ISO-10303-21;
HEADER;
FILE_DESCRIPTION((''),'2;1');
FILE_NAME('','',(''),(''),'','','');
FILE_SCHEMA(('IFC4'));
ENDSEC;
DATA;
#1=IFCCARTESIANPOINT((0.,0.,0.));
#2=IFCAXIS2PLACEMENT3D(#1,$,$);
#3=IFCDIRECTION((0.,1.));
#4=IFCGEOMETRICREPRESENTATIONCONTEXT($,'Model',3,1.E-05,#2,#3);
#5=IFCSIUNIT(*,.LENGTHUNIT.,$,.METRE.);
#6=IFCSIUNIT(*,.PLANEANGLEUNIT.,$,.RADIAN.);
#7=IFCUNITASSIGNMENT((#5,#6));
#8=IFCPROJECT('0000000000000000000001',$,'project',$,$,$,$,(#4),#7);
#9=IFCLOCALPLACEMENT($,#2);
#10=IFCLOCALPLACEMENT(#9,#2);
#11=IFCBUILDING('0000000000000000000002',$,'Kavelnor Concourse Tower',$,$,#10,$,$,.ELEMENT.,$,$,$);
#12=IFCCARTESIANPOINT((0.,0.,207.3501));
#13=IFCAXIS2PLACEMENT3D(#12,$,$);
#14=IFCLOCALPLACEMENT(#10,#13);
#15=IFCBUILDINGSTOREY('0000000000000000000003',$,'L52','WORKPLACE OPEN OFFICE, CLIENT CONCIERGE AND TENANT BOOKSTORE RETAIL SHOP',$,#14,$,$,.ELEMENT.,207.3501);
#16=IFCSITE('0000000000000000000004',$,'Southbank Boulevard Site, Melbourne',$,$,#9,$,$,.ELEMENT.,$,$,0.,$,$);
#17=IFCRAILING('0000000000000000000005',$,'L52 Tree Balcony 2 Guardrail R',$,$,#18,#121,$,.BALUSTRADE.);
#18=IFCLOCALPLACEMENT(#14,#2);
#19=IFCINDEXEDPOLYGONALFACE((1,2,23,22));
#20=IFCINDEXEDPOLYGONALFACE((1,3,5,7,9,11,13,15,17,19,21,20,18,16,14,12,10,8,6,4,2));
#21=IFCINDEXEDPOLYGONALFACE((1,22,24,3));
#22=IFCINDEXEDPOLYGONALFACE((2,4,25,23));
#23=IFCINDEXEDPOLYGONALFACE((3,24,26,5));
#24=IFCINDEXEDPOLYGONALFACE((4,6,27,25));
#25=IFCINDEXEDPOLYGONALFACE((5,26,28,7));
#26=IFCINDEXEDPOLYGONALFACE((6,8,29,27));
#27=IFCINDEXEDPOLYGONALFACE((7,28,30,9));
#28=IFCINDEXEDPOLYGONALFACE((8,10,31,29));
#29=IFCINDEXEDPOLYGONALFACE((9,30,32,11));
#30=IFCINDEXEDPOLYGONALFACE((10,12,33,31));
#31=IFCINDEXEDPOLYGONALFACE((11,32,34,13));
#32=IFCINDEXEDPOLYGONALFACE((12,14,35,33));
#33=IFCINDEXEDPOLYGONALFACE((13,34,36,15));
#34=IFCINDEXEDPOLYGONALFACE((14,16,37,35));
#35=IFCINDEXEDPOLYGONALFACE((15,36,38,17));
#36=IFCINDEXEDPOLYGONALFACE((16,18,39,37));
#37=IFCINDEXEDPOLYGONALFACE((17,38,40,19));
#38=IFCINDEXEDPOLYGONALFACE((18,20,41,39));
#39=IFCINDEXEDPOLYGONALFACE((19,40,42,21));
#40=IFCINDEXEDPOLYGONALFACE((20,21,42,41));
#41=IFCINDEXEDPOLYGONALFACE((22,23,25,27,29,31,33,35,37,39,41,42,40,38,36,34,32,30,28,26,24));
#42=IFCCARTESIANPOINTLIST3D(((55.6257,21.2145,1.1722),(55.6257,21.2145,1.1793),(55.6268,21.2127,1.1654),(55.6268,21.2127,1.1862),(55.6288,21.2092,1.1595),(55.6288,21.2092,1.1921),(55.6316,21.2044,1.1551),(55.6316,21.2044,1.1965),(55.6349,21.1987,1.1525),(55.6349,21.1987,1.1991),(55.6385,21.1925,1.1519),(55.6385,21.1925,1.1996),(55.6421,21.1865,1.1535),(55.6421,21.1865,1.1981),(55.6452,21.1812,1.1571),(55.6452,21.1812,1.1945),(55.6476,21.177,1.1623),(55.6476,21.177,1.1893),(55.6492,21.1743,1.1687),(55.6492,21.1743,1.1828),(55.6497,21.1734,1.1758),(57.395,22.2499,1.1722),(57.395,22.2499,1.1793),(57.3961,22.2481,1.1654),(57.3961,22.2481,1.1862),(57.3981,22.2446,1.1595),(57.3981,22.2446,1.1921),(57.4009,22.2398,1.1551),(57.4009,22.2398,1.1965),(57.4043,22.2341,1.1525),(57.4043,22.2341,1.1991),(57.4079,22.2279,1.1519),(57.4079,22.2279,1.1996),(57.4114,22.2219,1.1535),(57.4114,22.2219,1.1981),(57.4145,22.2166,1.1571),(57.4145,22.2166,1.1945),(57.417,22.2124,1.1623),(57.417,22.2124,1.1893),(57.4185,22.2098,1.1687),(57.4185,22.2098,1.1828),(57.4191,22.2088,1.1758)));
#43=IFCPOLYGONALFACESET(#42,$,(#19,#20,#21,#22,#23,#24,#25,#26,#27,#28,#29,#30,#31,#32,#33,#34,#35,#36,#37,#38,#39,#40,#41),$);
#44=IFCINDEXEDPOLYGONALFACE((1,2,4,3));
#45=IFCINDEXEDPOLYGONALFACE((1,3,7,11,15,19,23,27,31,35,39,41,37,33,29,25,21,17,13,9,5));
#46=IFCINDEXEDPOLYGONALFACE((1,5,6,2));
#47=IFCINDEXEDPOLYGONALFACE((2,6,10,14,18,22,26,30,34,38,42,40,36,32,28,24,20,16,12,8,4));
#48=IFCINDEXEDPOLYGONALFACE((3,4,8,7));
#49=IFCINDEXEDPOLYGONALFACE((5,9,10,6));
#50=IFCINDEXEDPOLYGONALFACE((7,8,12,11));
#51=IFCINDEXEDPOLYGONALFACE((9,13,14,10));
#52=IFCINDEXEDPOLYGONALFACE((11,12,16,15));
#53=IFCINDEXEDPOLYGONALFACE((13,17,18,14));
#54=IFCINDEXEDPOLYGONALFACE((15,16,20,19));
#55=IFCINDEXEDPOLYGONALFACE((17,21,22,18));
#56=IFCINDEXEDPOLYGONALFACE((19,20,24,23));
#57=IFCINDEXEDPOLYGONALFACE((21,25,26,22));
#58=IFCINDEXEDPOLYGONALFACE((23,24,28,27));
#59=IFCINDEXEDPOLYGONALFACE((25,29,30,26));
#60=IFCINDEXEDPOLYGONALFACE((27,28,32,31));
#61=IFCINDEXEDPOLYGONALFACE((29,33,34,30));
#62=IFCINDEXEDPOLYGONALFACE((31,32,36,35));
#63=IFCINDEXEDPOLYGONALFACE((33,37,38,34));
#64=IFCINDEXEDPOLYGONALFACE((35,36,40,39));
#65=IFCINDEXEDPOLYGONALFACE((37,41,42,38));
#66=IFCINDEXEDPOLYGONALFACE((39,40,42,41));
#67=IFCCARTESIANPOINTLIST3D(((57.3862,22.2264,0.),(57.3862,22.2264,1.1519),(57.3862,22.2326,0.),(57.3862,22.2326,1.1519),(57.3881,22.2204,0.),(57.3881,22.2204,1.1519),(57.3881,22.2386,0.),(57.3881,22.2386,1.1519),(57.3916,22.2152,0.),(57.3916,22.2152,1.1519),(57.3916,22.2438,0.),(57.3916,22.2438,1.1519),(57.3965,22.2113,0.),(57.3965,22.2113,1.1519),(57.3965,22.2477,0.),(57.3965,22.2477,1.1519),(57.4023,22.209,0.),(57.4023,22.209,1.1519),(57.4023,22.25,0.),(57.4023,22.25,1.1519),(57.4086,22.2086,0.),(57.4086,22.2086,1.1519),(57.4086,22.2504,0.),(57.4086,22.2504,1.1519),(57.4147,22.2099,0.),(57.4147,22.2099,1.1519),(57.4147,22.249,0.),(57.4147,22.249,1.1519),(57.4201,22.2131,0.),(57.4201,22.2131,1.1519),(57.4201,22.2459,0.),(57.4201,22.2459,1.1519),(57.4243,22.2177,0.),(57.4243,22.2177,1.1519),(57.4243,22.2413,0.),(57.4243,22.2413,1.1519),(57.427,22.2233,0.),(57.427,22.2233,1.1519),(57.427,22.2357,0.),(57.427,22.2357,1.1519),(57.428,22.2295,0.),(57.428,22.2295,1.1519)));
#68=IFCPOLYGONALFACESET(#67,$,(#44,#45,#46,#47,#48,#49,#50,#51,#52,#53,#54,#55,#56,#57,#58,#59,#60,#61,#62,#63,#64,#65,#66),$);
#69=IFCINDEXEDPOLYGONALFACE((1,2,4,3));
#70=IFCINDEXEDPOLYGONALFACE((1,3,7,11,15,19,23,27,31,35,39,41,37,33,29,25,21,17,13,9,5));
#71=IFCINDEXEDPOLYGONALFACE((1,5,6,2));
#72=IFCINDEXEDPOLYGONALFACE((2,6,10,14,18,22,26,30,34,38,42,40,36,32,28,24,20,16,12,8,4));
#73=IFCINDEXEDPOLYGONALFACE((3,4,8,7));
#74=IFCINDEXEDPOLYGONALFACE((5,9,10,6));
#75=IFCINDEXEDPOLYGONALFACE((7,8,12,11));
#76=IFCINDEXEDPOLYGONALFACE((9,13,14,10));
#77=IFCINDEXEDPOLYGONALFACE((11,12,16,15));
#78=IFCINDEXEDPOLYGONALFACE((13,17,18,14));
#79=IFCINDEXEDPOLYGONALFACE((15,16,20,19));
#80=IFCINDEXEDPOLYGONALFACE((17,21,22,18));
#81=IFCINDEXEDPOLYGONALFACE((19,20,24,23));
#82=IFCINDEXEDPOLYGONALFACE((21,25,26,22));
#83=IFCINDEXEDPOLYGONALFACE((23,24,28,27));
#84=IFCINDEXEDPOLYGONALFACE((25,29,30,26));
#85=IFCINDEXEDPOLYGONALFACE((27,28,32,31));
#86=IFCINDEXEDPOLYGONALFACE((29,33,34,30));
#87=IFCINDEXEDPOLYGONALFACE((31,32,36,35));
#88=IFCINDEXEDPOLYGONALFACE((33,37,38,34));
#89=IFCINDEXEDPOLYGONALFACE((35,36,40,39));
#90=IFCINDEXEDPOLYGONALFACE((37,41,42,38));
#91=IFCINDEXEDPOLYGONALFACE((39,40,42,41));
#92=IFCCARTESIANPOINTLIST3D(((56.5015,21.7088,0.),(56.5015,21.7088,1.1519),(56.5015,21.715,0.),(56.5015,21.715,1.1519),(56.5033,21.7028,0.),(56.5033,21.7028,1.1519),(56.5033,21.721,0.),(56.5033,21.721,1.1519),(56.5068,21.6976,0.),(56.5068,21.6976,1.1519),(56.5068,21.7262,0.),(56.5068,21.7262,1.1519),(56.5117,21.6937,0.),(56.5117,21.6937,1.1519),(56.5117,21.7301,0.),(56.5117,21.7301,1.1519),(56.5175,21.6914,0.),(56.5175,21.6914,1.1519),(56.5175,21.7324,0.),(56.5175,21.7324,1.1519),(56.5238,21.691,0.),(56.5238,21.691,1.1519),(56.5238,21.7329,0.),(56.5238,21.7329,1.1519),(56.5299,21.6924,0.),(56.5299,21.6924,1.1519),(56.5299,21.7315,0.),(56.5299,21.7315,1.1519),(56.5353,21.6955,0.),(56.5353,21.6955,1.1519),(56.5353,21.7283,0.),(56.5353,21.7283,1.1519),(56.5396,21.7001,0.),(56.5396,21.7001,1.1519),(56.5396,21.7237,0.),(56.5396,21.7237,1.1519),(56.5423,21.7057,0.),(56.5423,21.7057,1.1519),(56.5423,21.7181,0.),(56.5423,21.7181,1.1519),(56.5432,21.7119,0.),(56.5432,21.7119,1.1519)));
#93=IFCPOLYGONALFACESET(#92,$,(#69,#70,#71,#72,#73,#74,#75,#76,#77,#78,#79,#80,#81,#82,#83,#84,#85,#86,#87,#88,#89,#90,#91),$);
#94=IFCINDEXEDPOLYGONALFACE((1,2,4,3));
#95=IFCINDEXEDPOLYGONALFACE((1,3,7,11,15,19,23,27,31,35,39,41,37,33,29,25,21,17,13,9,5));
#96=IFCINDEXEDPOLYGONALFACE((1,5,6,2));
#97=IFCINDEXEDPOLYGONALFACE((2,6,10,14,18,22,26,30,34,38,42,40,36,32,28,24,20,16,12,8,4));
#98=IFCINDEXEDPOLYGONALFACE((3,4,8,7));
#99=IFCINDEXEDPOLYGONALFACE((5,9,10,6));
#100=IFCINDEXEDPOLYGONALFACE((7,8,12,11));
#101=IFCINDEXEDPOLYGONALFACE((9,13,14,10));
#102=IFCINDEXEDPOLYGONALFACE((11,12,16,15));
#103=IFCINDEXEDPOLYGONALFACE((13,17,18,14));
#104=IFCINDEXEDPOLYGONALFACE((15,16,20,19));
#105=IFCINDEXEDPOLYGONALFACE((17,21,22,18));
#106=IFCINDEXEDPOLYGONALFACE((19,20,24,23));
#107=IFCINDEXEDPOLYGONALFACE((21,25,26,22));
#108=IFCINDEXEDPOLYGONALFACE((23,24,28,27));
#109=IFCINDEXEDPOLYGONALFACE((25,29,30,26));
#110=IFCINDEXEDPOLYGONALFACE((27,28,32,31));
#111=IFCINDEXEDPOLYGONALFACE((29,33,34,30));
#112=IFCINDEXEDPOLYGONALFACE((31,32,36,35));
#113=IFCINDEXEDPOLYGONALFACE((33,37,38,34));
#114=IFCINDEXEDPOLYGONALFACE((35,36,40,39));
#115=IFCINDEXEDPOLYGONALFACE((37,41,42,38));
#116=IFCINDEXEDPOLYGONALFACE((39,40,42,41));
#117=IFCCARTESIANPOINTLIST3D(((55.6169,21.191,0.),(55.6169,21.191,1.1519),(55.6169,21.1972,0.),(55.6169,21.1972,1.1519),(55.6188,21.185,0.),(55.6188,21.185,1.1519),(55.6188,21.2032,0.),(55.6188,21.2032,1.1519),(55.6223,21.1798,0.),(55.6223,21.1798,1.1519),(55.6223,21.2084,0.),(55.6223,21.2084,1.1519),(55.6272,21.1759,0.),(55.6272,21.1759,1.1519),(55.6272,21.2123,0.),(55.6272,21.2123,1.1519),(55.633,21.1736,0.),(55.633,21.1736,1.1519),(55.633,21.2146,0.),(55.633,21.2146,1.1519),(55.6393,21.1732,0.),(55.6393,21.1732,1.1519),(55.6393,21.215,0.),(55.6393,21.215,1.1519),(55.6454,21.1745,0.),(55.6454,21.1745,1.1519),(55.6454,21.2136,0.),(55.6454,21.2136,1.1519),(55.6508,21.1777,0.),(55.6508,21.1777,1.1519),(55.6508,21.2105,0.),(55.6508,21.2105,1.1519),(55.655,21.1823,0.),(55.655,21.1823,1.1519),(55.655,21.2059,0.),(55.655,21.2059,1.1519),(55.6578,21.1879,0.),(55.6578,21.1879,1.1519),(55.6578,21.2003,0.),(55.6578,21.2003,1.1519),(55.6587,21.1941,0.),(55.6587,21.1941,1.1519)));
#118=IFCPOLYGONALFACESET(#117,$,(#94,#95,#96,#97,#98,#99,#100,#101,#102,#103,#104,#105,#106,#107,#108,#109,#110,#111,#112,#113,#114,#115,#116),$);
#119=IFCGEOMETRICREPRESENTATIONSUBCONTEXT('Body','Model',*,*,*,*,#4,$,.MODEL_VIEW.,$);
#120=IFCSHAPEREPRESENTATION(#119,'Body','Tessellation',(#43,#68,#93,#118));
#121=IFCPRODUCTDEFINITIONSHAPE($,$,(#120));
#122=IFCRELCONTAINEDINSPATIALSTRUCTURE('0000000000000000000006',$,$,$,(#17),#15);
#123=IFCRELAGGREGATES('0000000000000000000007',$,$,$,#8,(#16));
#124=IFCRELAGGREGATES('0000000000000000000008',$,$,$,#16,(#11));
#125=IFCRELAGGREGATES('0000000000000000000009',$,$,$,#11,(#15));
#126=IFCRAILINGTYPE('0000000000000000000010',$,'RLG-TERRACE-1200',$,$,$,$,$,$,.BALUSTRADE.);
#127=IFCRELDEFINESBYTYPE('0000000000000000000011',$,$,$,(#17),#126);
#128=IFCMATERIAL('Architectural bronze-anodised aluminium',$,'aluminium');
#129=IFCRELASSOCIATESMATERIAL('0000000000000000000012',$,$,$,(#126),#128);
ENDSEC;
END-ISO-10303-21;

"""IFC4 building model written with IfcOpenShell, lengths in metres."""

from ifc_helpers import new_model, si_unit, direction, frame, origin, origin_2d, place, context, subcontext, project, spatial, circle, extrude, material, type_object, element, save


model = new_model("IFC4")

# Units and contexts
model_context = context("Model", 3, precision=1e-05, world=origin(), true_north=direction((0.0, 1.0)))
body_context = subcontext(model_context, "Body", "Model", "MODEL_VIEW")
ifc_project = project(units=[si_unit("LENGTHUNIT", "METRE"), si_unit("PLANEANGLEUNIT", "RADIAN")], contexts=[model_context])

# Site, building, storey
site_placement = place(None, origin())
site = spatial("IfcSite", under=ifc_project, at=site_placement, Name="Southbank Boulevard Site, Melbourne", CompositionType="ELEMENT", RefElevation=0.0)
building_placement = place(site_placement, origin())
building = spatial("IfcBuilding", under=site, at=building_placement, Name="Kavelnor Concourse Tower", CompositionType="ELEMENT")
storey_placement = place(building_placement, frame((0.0, 0.0, 207.3501)))
storey = spatial("IfcBuildingStorey", under=building, at=storey_placement, Name="L52", Description="WORKPLACE OPEN OFFICE, CLIENT CONCIERGE AND TENANT BOOKSTORE RETAIL SHOP", CompositionType="ELEMENT", Elevation=207.3501)

# Railing
ifc_material_1 = material(Name="Architectural bronze-anodised aluminium", Category="aluminium")
railing_type_1 = type_object("IfcRailingType", Name="RLG-TERRACE-1200", PredefinedType="BALUSTRADE", material=ifc_material_1)
railing_1_placement = place(storey_placement, frame((57.407, 22.2295, 0.0)))
element("IfcRailing", 1, at=railing_1_placement, inside=storey, type_object=railing_type_1, Name="L52 Tree Balcony 2 Guardrail R", PredefinedType="BALUSTRADE", context=body_context, shape_type="SweptSolid", body=[
    extrude(circle(Radius=0.0239, at=origin_2d()), frame((0.0, 0.0, 1.1758), z_axis=(-0.863074, -0.505078, 0.0), x_axis=(0.505078, -0.863074, 0.0)), (0.0, 0.0, 1.0), 2.05),
    extrude(circle(Radius=0.021, at=origin_2d()), origin(), (0.0, 0.0, 1.0), 1.1519),
    extrude(circle(Radius=0.021, at=origin_2d()), frame((-0.8848, -0.5176, 0.0)), (0.0, 0.0, 1.0), 1.1519),
    extrude(circle(Radius=0.021, at=origin_2d()), frame((-1.7693, -1.0354, 0.0)), (0.0, 0.0, 1.0), 1.1519),
])

save(model, "model.ifc")
